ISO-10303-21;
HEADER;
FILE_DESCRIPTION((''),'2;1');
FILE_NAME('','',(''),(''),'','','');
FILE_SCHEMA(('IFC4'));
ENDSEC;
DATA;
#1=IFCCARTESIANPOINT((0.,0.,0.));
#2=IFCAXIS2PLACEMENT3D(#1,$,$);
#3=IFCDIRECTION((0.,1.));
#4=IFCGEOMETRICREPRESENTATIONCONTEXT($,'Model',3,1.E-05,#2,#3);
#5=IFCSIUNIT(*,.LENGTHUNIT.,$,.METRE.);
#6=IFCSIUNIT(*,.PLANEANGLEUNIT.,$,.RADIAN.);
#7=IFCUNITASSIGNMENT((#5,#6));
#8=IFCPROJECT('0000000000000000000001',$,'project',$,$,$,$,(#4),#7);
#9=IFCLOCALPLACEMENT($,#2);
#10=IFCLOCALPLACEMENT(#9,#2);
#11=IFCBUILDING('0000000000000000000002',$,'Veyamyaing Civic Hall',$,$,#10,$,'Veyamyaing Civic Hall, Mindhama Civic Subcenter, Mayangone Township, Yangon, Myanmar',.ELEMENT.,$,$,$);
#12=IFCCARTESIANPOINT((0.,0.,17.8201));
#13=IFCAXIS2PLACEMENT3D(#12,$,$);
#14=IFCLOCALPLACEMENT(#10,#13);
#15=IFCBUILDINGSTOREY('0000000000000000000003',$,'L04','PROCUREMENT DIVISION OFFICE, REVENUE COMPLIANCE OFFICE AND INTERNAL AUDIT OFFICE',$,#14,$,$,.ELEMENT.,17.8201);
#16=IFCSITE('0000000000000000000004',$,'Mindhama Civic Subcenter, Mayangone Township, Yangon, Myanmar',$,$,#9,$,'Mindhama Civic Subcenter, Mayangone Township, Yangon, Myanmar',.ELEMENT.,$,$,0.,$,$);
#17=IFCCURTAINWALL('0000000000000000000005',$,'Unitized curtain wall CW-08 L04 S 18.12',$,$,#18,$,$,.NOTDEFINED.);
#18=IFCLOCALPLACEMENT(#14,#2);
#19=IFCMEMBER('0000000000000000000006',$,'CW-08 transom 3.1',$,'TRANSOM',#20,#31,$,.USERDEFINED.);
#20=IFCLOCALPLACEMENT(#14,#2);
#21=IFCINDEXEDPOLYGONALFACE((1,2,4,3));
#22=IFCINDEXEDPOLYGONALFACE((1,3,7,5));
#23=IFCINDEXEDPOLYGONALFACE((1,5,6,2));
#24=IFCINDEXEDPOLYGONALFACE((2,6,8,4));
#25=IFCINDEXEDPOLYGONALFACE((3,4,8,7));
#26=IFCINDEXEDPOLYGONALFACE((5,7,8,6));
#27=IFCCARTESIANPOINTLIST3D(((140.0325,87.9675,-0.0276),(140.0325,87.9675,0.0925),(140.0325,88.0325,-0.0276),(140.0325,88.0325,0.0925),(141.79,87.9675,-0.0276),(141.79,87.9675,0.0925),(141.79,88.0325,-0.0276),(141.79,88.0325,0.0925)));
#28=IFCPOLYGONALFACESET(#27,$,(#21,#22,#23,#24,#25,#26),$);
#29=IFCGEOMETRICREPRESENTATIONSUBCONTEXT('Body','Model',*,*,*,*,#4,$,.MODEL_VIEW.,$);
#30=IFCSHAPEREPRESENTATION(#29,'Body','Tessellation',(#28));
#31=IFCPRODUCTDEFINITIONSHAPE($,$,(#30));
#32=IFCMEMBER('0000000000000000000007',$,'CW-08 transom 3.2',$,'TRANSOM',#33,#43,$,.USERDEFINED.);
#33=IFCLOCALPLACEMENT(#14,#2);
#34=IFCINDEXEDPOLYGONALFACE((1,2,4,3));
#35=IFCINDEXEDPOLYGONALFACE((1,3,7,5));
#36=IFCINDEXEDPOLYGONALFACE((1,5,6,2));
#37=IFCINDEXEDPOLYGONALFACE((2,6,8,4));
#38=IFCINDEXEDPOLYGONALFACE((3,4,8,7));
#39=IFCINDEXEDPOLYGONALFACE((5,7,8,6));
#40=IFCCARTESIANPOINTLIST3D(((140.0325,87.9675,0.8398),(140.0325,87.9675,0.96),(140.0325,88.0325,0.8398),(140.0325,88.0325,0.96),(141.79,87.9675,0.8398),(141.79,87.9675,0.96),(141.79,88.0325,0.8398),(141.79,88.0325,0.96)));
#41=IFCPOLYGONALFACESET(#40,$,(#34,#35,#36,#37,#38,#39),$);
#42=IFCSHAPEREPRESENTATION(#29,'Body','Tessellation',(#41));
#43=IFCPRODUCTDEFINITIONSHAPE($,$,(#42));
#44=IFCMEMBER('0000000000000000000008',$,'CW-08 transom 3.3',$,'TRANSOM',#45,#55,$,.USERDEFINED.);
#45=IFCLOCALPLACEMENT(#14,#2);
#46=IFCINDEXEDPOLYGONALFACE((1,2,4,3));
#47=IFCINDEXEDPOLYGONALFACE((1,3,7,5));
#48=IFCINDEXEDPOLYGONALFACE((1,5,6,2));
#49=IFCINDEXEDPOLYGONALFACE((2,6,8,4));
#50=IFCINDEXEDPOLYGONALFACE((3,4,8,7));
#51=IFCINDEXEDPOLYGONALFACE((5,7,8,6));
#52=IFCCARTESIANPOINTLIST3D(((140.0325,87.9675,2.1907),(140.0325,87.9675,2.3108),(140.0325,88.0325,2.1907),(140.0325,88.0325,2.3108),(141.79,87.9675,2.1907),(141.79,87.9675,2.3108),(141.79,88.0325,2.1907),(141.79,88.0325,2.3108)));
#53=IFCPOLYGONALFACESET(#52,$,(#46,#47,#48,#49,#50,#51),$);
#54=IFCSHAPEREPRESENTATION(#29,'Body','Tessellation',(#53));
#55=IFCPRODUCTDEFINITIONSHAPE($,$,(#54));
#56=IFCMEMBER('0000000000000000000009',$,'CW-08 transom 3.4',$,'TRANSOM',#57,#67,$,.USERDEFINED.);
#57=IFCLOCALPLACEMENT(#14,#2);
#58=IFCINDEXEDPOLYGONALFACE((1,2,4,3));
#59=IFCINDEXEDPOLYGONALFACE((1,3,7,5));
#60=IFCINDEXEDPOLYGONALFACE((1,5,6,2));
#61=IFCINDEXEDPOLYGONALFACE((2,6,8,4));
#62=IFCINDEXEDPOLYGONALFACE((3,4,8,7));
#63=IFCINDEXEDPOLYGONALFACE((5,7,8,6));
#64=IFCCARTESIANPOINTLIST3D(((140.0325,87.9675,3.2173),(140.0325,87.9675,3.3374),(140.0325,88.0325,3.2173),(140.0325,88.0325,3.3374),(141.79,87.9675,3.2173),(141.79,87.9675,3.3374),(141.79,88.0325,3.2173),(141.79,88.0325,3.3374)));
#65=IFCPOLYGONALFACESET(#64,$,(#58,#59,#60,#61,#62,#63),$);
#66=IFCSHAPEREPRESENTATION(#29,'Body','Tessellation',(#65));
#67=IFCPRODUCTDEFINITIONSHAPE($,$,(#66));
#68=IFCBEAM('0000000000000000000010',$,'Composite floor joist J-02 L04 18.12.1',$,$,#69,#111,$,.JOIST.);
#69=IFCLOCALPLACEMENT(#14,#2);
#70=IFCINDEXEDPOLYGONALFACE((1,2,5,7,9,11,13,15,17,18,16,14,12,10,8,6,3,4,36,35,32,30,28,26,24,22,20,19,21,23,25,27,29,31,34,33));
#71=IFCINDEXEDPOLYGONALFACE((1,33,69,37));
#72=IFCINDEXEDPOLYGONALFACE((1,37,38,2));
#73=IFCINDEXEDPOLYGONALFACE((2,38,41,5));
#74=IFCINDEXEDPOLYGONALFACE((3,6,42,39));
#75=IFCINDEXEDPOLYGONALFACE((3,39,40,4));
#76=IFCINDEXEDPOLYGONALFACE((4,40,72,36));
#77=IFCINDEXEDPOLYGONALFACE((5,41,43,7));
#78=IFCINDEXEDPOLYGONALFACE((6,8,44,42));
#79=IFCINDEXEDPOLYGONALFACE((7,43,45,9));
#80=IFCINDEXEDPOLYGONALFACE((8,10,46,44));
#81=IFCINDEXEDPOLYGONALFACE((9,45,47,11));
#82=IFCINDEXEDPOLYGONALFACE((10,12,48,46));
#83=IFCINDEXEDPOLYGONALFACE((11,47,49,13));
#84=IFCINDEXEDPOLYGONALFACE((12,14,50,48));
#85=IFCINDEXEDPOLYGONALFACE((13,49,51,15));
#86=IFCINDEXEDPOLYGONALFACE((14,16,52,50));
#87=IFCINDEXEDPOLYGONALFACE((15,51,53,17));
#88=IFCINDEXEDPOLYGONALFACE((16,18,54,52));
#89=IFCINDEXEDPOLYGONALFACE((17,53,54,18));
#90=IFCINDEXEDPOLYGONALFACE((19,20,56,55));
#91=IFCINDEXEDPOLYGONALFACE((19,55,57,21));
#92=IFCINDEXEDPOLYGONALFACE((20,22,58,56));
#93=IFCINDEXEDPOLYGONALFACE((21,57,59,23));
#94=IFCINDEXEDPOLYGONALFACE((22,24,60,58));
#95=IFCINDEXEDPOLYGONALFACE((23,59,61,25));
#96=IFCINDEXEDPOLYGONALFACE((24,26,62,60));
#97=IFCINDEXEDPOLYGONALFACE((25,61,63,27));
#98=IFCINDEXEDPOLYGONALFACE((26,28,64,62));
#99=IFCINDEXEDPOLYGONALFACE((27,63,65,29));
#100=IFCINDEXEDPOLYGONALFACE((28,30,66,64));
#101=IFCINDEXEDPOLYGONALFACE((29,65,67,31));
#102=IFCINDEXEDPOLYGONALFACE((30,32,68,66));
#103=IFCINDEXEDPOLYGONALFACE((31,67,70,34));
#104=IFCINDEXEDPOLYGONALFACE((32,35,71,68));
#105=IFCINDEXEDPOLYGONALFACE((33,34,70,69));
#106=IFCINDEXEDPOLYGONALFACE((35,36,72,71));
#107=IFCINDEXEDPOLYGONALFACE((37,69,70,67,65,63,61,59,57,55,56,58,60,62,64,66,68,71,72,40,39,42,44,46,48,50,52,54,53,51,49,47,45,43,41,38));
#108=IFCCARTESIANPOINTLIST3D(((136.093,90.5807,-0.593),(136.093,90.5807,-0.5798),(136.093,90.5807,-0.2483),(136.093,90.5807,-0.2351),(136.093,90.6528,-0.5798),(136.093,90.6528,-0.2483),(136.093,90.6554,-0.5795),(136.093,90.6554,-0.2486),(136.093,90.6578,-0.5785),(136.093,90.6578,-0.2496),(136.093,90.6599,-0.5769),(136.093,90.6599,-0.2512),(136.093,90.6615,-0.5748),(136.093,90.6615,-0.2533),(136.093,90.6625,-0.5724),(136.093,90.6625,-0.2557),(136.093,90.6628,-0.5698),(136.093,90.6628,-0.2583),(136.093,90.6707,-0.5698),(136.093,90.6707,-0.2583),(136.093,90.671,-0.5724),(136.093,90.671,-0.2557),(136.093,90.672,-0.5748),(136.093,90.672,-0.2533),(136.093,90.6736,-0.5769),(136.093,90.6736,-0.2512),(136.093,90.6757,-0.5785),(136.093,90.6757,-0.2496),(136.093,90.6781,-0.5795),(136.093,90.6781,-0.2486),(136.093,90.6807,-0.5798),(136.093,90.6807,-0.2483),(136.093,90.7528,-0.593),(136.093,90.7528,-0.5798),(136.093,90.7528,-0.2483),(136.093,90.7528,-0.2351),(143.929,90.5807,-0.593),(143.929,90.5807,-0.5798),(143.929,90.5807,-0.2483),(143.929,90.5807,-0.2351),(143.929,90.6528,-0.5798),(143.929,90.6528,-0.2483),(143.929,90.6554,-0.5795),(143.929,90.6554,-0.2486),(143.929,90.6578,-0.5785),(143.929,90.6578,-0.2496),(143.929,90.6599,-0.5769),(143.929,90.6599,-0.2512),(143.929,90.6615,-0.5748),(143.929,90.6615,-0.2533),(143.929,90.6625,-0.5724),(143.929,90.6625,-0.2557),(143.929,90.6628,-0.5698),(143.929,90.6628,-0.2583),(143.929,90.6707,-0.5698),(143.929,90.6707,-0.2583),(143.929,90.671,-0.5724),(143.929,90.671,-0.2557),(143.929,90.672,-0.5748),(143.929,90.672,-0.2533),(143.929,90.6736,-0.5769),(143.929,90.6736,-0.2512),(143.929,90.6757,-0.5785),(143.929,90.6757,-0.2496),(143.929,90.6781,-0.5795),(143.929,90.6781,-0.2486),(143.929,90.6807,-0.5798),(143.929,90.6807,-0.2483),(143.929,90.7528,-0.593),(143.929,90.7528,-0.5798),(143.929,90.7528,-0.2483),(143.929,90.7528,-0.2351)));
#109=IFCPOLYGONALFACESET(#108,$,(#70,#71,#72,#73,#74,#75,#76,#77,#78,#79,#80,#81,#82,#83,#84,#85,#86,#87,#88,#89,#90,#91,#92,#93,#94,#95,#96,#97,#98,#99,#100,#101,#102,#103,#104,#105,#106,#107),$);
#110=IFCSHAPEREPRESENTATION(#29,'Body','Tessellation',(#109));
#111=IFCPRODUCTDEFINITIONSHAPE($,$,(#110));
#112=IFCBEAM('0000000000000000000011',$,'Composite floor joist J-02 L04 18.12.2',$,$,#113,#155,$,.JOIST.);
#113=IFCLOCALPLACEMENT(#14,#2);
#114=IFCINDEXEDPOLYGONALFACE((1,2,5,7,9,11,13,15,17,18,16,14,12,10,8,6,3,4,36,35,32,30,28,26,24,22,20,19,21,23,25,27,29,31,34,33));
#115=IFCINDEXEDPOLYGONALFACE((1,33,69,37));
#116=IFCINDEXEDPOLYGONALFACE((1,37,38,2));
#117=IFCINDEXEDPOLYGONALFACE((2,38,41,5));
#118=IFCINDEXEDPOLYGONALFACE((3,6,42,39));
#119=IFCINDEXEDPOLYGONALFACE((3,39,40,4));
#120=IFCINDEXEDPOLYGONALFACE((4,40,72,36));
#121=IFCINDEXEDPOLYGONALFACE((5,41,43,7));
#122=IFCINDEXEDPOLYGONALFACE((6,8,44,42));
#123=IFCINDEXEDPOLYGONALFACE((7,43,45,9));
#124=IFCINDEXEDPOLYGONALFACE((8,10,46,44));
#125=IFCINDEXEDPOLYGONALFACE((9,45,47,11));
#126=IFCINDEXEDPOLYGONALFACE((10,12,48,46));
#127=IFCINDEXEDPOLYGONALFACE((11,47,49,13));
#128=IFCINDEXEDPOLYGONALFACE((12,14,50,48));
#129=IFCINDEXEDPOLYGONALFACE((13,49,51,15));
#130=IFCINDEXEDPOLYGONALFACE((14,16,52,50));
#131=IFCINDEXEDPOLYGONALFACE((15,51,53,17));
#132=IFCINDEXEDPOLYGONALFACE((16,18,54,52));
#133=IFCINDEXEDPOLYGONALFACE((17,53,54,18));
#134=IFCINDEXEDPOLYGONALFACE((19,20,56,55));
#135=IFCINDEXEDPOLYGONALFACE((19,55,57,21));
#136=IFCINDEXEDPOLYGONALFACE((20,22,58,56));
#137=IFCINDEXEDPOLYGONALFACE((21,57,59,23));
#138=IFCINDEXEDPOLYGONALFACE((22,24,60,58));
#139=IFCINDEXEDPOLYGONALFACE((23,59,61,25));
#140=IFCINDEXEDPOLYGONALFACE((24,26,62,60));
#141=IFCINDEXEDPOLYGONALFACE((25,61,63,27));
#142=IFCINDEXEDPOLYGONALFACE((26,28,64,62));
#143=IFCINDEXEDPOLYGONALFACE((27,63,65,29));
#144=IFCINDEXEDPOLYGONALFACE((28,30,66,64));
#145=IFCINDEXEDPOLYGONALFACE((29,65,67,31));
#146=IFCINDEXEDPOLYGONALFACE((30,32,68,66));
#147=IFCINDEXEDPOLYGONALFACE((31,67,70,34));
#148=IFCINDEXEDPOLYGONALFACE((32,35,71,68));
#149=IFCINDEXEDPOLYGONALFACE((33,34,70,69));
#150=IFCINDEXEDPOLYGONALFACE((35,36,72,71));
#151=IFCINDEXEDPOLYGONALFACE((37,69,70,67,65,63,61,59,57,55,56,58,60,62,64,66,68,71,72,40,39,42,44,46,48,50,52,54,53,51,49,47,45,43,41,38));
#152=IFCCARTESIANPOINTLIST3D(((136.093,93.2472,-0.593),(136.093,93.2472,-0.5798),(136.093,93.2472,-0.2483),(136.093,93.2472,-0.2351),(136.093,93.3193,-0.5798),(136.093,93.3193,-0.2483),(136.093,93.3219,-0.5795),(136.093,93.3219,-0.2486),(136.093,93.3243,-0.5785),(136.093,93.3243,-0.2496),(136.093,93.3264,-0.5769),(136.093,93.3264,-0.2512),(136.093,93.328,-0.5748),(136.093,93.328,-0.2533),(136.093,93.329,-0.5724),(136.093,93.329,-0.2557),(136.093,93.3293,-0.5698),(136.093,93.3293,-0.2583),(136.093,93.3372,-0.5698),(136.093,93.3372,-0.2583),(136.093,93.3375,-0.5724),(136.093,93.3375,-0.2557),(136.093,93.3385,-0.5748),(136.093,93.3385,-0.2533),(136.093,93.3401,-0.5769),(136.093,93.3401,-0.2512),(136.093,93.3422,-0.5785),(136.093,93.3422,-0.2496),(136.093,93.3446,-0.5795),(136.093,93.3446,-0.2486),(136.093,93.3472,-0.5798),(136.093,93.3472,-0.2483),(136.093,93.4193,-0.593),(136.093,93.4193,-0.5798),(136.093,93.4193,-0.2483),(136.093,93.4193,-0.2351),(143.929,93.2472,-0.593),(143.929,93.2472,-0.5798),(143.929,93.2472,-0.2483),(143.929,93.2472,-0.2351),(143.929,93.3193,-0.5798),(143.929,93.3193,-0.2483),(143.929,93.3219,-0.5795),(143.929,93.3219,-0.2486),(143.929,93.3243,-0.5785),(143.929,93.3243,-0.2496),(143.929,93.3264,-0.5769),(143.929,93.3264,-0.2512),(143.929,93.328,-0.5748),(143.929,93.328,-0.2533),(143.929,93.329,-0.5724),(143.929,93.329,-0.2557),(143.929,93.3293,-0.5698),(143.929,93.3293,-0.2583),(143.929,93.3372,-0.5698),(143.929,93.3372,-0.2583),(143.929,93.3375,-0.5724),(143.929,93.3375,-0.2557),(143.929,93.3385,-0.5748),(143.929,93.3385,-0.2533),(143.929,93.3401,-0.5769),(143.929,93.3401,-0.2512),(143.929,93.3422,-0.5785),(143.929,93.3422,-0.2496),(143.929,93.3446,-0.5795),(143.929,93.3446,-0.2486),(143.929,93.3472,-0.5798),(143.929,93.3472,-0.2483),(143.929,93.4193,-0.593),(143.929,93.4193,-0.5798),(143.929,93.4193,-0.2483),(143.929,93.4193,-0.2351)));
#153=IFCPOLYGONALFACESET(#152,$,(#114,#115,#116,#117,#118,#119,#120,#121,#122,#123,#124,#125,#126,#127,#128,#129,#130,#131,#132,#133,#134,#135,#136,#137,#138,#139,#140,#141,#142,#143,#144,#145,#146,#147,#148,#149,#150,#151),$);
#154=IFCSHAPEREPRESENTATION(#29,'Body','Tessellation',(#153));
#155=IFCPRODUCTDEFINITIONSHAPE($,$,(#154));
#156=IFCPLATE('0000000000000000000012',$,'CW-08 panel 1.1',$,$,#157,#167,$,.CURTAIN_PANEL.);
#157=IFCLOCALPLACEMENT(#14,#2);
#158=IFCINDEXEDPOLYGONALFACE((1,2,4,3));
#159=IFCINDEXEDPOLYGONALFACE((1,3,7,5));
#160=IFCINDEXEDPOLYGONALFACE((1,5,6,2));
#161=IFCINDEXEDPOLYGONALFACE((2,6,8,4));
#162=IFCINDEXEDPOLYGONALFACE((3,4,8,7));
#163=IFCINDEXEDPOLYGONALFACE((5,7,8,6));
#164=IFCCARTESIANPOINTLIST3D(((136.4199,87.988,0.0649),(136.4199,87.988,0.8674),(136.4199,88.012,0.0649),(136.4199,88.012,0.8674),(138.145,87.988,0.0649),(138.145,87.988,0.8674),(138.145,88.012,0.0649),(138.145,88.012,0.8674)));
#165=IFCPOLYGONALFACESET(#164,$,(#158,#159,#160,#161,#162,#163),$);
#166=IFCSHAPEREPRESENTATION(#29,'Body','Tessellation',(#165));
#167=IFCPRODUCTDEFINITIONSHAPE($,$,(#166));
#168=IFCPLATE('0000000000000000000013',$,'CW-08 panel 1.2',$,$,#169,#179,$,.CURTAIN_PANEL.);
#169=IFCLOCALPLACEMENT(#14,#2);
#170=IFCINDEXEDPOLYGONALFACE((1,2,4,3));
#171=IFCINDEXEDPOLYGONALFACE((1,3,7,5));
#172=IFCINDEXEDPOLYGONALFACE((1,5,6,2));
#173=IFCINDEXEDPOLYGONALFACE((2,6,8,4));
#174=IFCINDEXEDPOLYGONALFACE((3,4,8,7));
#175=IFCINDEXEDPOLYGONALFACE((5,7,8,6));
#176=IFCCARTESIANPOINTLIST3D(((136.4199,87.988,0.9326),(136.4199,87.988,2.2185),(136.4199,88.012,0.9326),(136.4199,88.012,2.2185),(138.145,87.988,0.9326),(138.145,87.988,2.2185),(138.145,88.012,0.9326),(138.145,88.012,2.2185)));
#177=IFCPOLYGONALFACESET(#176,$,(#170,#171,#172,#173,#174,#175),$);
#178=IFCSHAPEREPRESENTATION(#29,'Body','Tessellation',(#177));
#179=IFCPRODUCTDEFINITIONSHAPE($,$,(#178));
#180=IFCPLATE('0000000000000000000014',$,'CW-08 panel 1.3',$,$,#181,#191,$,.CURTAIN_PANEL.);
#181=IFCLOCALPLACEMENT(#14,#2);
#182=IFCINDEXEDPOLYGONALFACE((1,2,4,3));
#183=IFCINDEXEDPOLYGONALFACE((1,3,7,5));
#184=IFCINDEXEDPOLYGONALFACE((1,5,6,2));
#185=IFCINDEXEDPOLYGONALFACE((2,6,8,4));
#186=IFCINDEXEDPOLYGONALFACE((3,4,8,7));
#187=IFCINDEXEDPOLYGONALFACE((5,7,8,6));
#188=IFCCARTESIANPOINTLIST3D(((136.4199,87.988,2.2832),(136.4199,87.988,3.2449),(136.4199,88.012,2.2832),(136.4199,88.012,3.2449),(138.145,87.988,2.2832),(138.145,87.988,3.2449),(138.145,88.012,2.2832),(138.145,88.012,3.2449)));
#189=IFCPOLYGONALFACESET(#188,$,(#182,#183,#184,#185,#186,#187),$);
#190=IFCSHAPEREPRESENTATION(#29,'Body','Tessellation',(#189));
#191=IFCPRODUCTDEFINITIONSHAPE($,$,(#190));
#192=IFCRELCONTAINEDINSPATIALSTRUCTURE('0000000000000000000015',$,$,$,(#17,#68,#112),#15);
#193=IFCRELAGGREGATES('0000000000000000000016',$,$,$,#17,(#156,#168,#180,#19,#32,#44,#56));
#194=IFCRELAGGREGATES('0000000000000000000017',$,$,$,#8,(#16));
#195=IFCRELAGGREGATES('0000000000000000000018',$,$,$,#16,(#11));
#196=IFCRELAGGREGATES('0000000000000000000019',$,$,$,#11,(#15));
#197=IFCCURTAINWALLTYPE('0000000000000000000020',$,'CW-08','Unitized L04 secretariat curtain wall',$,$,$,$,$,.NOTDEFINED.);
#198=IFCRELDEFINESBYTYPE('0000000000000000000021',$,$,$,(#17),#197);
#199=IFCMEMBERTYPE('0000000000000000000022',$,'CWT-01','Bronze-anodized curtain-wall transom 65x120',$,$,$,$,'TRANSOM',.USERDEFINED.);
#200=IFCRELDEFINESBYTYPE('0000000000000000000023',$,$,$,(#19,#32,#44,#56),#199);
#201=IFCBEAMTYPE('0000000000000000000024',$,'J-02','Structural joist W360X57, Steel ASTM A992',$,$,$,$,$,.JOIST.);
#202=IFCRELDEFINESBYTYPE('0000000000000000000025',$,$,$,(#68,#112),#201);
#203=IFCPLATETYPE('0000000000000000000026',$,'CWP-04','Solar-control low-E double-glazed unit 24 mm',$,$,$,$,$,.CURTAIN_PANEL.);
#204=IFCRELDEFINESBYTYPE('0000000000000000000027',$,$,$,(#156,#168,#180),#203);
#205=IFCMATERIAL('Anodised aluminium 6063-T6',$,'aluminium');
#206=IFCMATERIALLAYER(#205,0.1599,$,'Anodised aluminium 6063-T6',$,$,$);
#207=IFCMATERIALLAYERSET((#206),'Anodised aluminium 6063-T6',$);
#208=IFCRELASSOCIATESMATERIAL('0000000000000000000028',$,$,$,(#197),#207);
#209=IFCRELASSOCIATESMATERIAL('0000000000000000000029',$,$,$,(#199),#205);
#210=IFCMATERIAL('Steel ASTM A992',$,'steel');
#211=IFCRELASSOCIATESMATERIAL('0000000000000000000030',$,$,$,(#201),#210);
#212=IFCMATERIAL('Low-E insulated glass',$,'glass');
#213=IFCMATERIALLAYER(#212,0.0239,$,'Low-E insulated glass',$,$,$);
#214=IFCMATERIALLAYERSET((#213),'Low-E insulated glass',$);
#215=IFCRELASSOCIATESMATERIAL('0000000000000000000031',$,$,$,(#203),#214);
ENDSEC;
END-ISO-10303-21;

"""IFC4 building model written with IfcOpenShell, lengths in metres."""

from ifc_helpers import new_model, si_unit, direction, frame, origin, origin_2d, place, context, subcontext, project, spatial, rectangle, i_section, extrude, material, layer, layer_set, material_profile, profile_set, type_object, element, aggregate, save


model = new_model("IFC4")

# Units and contexts
model_context = context("Model", 3, precision=1e-05, world=origin(), true_north=direction((0.0, 1.0)))
body_context = subcontext(model_context, "Body", "Model", "MODEL_VIEW")
ifc_project = project(units=[si_unit("LENGTHUNIT", "METRE"), si_unit("PLANEANGLEUNIT", "RADIAN")], contexts=[model_context])

# Site, building, storey
site_placement = place(None, origin())
site = spatial("IfcSite", under=ifc_project, at=site_placement, Name="Mindhama Civic Subcenter, Mayangone Township, Yangon, Myanmar", LongName="Mindhama Civic Subcenter, Mayangone Township, Yangon, Myanmar", CompositionType="ELEMENT", RefElevation=0.0)
building_placement = place(site_placement, origin())
building = spatial("IfcBuilding", under=site, at=building_placement, Name="Veyamyaing Civic Hall", LongName="Veyamyaing Civic Hall, Mindhama Civic Subcenter, Mayangone Township, Yangon, Myanmar", CompositionType="ELEMENT")
storey_placement = place(building_placement, frame((0.0, 0.0, 17.8201)))
storey = spatial("IfcBuildingStorey", under=building, at=storey_placement, Name="L04", Description="PROCUREMENT DIVISION OFFICE, REVENUE COMPLIANCE OFFICE AND INTERNAL AUDIT OFFICE", CompositionType="ELEMENT", Elevation=17.8201)

# Shared definitions
ifc_material_1 = material(Name="Steel ASTM A992", Category="steel")

# Curtain wall, members
ifc_material_2 = material(Name="Anodised aluminium 6063-T6", Category="aluminium")
ifc_layer_1 = layer(ifc_material_2, 0.1599, Name="Anodised aluminium 6063-T6")
ifc_layer_set_1 = layer_set([ifc_layer_1], Name="Anodised aluminium 6063-T6")
curtain_wall_type = type_object("IfcCurtainWallType", Name="CW-08", Description="Unitized L04 secretariat curtain wall", PredefinedType="NOTDEFINED", material=ifc_layer_set_1)
curtain_wall_placement = place(storey_placement, origin())
curtain_wall = element("IfcCurtainWall", 1, at=curtain_wall_placement, inside=storey, type_object=curtain_wall_type, Name="Unitized curtain wall CW-08 L04 S 18.12", PredefinedType="NOTDEFINED")
ifc_material_profile_1 = material_profile(ifc_material_2, rectangle(XDim=0.0649, YDim=0.1201, at=origin_2d()), Name="ALU-TRN-65X120")
ifc_profile_set_1 = profile_set([ifc_material_profile_1], Name="Anodised aluminium 6063-T6")
member_type_1 = type_object("IfcMemberType", Name="CWT-01", Description="Bronze-anodized curtain-wall transom 65x120", ElementType="TRANSOM", PredefinedType="USERDEFINED", material=ifc_profile_set_1)
member_1_placement = place(storey_placement, frame((140.0325, 88.0, 0.0325), z_axis=(1.0, 0.0, 0.0), x_axis=(0.0, 1.0, 0.0)))
member_1 = element("IfcMember", 2, at=member_1_placement, type_object=member_type_1, Name="CW-08 transom 3.1", ObjectType="TRANSOM", PredefinedType="USERDEFINED", context=body_context, shape_type="SweptSolid", body=[
    extrude(rectangle(XDim=0.0649, YDim=0.1201, at=origin_2d()), origin(), (0.0, 0.0, 1.0), 1.7576),
])
member_2_placement = place(storey_placement, frame((140.0325, 88.0, 0.8999), z_axis=(1.0, 0.0, 0.0), x_axis=(0.0, 1.0, 0.0)))
member_2 = element("IfcMember", 3, at=member_2_placement, type_object=member_type_1, Name="CW-08 transom 3.2", ObjectType="TRANSOM", PredefinedType="USERDEFINED", context=body_context, shape_type="SweptSolid", body=[
    extrude(rectangle(XDim=0.0649, YDim=0.1201, at=origin_2d()), origin(), (0.0, 0.0, 1.0), 1.7576),
])
member_3_placement = place(storey_placement, frame((140.0325, 88.0, 2.2507), z_axis=(1.0, 0.0, 0.0), x_axis=(0.0, 1.0, 0.0)))
member_3 = element("IfcMember", 4, at=member_3_placement, type_object=member_type_1, Name="CW-08 transom 3.3", ObjectType="TRANSOM", PredefinedType="USERDEFINED", context=body_context, shape_type="SweptSolid", body=[
    extrude(rectangle(XDim=0.0649, YDim=0.1201, at=origin_2d()), origin(), (0.0, 0.0, 1.0), 1.7576),
])
member_4_placement = place(storey_placement, frame((140.0325, 88.0, 3.2773), z_axis=(1.0, 0.0, 0.0), x_axis=(0.0, 1.0, 0.0)))
member_4 = element("IfcMember", 5, at=member_4_placement, type_object=member_type_1, Name="CW-08 transom 3.4", ObjectType="TRANSOM", PredefinedType="USERDEFINED", context=body_context, shape_type="SweptSolid", body=[
    extrude(rectangle(XDim=0.0649, YDim=0.1201, at=origin_2d()), origin(), (0.0, 0.0, 1.0), 1.7576),
])

# Beams
ifc_material_profile_2 = material_profile(ifc_material_1, i_section(OverallWidth=0.1721, OverallDepth=0.3579, WebThickness=0.0078, FlangeThickness=0.0132, FilletRadius=0.01, at=origin_2d()), Name="W360X57")
ifc_profile_set_2 = profile_set([ifc_material_profile_2], Name="Steel ASTM A992")
beam_type_1 = type_object("IfcBeamType", Name="J-02", Description="Structural joist W360X57, Steel ASTM A992", PredefinedType="JOIST", material=ifc_profile_set_2)
for number, where, z_axis, x_axis, name in (
    (6, (136.093, 90.6667, -0.4141), (1.0, 0.0, 0.0), (0.0, 1.0, 0.0), "Composite floor joist J-02 L04 18.12.1"),
    (7, (136.093, 93.3333, -0.4141), (1.0, 0.0, 0.0), (0.0, 1.0, 0.0), "Composite floor joist J-02 L04 18.12.2"),
):
    element("IfcBeam", number, at=place(storey_placement, frame(where, z_axis=z_axis, x_axis=x_axis)), inside=storey, type_object=beam_type_1, Name=name, PredefinedType="JOIST", context=body_context, shape_type="SweptSolid", body=[
        extrude(i_section(OverallWidth=0.1721, OverallDepth=0.3579, WebThickness=0.0078, FlangeThickness=0.0132, FilletRadius=0.01, at=origin_2d()), origin(), (0.0, 0.0, 1.0), 7.8359),
    ])

# Plates
ifc_material_3 = material(Name="Low-E insulated glass", Category="glass")
ifc_layer_2 = layer(ifc_material_3, 0.0239, Name="Low-E insulated glass")
ifc_layer_set_2 = layer_set([ifc_layer_2], Name="Low-E insulated glass")
plate_type = type_object("IfcPlateType", Name="CWP-04", Description="Solar-control low-E double-glazed unit 24 mm", PredefinedType="CURTAIN_PANEL", material=ifc_layer_set_2)
plate_1_placement = place(storey_placement, frame((137.2825, 88.0, 0.0649), z_axis=(0.0, 0.0, 1.0), x_axis=(1.0, 0.0, 0.0)))
plate_1 = element("IfcPlate", 8, at=plate_1_placement, type_object=plate_type, Name="CW-08 panel 1.1", PredefinedType="CURTAIN_PANEL", context=body_context, shape_type="SweptSolid", body=[
    extrude(rectangle(XDim=1.7251, YDim=0.0239, at=origin_2d()), origin(), (0.0, 0.0, 1.0), 0.8025),
])
plate_2_placement = place(storey_placement, frame((137.2825, 88.0, 0.9326), z_axis=(0.0, 0.0, 1.0), x_axis=(1.0, 0.0, 0.0)))
plate_2 = element("IfcPlate", 9, at=plate_2_placement, type_object=plate_type, Name="CW-08 panel 1.2", PredefinedType="CURTAIN_PANEL", context=body_context, shape_type="SweptSolid", body=[
    extrude(rectangle(XDim=1.7251, YDim=0.0239, at=origin_2d()), origin(), (0.0, 0.0, 1.0), 1.2859),
])
plate_3_placement = place(storey_placement, frame((137.2825, 88.0, 2.2832), z_axis=(0.0, 0.0, 1.0), x_axis=(1.0, 0.0, 0.0)))
plate_3 = element("IfcPlate", 10, at=plate_3_placement, type_object=plate_type, Name="CW-08 panel 1.3", PredefinedType="CURTAIN_PANEL", context=body_context, shape_type="SweptSolid", body=[
    extrude(rectangle(XDim=1.7251, YDim=0.0239, at=origin_2d()), origin(), (0.0, 0.0, 1.0), 0.9617),
])
aggregate(curtain_wall, [plate_1, plate_2, plate_3, member_1, member_2, member_3, member_4])

save(model, "model.ifc")
